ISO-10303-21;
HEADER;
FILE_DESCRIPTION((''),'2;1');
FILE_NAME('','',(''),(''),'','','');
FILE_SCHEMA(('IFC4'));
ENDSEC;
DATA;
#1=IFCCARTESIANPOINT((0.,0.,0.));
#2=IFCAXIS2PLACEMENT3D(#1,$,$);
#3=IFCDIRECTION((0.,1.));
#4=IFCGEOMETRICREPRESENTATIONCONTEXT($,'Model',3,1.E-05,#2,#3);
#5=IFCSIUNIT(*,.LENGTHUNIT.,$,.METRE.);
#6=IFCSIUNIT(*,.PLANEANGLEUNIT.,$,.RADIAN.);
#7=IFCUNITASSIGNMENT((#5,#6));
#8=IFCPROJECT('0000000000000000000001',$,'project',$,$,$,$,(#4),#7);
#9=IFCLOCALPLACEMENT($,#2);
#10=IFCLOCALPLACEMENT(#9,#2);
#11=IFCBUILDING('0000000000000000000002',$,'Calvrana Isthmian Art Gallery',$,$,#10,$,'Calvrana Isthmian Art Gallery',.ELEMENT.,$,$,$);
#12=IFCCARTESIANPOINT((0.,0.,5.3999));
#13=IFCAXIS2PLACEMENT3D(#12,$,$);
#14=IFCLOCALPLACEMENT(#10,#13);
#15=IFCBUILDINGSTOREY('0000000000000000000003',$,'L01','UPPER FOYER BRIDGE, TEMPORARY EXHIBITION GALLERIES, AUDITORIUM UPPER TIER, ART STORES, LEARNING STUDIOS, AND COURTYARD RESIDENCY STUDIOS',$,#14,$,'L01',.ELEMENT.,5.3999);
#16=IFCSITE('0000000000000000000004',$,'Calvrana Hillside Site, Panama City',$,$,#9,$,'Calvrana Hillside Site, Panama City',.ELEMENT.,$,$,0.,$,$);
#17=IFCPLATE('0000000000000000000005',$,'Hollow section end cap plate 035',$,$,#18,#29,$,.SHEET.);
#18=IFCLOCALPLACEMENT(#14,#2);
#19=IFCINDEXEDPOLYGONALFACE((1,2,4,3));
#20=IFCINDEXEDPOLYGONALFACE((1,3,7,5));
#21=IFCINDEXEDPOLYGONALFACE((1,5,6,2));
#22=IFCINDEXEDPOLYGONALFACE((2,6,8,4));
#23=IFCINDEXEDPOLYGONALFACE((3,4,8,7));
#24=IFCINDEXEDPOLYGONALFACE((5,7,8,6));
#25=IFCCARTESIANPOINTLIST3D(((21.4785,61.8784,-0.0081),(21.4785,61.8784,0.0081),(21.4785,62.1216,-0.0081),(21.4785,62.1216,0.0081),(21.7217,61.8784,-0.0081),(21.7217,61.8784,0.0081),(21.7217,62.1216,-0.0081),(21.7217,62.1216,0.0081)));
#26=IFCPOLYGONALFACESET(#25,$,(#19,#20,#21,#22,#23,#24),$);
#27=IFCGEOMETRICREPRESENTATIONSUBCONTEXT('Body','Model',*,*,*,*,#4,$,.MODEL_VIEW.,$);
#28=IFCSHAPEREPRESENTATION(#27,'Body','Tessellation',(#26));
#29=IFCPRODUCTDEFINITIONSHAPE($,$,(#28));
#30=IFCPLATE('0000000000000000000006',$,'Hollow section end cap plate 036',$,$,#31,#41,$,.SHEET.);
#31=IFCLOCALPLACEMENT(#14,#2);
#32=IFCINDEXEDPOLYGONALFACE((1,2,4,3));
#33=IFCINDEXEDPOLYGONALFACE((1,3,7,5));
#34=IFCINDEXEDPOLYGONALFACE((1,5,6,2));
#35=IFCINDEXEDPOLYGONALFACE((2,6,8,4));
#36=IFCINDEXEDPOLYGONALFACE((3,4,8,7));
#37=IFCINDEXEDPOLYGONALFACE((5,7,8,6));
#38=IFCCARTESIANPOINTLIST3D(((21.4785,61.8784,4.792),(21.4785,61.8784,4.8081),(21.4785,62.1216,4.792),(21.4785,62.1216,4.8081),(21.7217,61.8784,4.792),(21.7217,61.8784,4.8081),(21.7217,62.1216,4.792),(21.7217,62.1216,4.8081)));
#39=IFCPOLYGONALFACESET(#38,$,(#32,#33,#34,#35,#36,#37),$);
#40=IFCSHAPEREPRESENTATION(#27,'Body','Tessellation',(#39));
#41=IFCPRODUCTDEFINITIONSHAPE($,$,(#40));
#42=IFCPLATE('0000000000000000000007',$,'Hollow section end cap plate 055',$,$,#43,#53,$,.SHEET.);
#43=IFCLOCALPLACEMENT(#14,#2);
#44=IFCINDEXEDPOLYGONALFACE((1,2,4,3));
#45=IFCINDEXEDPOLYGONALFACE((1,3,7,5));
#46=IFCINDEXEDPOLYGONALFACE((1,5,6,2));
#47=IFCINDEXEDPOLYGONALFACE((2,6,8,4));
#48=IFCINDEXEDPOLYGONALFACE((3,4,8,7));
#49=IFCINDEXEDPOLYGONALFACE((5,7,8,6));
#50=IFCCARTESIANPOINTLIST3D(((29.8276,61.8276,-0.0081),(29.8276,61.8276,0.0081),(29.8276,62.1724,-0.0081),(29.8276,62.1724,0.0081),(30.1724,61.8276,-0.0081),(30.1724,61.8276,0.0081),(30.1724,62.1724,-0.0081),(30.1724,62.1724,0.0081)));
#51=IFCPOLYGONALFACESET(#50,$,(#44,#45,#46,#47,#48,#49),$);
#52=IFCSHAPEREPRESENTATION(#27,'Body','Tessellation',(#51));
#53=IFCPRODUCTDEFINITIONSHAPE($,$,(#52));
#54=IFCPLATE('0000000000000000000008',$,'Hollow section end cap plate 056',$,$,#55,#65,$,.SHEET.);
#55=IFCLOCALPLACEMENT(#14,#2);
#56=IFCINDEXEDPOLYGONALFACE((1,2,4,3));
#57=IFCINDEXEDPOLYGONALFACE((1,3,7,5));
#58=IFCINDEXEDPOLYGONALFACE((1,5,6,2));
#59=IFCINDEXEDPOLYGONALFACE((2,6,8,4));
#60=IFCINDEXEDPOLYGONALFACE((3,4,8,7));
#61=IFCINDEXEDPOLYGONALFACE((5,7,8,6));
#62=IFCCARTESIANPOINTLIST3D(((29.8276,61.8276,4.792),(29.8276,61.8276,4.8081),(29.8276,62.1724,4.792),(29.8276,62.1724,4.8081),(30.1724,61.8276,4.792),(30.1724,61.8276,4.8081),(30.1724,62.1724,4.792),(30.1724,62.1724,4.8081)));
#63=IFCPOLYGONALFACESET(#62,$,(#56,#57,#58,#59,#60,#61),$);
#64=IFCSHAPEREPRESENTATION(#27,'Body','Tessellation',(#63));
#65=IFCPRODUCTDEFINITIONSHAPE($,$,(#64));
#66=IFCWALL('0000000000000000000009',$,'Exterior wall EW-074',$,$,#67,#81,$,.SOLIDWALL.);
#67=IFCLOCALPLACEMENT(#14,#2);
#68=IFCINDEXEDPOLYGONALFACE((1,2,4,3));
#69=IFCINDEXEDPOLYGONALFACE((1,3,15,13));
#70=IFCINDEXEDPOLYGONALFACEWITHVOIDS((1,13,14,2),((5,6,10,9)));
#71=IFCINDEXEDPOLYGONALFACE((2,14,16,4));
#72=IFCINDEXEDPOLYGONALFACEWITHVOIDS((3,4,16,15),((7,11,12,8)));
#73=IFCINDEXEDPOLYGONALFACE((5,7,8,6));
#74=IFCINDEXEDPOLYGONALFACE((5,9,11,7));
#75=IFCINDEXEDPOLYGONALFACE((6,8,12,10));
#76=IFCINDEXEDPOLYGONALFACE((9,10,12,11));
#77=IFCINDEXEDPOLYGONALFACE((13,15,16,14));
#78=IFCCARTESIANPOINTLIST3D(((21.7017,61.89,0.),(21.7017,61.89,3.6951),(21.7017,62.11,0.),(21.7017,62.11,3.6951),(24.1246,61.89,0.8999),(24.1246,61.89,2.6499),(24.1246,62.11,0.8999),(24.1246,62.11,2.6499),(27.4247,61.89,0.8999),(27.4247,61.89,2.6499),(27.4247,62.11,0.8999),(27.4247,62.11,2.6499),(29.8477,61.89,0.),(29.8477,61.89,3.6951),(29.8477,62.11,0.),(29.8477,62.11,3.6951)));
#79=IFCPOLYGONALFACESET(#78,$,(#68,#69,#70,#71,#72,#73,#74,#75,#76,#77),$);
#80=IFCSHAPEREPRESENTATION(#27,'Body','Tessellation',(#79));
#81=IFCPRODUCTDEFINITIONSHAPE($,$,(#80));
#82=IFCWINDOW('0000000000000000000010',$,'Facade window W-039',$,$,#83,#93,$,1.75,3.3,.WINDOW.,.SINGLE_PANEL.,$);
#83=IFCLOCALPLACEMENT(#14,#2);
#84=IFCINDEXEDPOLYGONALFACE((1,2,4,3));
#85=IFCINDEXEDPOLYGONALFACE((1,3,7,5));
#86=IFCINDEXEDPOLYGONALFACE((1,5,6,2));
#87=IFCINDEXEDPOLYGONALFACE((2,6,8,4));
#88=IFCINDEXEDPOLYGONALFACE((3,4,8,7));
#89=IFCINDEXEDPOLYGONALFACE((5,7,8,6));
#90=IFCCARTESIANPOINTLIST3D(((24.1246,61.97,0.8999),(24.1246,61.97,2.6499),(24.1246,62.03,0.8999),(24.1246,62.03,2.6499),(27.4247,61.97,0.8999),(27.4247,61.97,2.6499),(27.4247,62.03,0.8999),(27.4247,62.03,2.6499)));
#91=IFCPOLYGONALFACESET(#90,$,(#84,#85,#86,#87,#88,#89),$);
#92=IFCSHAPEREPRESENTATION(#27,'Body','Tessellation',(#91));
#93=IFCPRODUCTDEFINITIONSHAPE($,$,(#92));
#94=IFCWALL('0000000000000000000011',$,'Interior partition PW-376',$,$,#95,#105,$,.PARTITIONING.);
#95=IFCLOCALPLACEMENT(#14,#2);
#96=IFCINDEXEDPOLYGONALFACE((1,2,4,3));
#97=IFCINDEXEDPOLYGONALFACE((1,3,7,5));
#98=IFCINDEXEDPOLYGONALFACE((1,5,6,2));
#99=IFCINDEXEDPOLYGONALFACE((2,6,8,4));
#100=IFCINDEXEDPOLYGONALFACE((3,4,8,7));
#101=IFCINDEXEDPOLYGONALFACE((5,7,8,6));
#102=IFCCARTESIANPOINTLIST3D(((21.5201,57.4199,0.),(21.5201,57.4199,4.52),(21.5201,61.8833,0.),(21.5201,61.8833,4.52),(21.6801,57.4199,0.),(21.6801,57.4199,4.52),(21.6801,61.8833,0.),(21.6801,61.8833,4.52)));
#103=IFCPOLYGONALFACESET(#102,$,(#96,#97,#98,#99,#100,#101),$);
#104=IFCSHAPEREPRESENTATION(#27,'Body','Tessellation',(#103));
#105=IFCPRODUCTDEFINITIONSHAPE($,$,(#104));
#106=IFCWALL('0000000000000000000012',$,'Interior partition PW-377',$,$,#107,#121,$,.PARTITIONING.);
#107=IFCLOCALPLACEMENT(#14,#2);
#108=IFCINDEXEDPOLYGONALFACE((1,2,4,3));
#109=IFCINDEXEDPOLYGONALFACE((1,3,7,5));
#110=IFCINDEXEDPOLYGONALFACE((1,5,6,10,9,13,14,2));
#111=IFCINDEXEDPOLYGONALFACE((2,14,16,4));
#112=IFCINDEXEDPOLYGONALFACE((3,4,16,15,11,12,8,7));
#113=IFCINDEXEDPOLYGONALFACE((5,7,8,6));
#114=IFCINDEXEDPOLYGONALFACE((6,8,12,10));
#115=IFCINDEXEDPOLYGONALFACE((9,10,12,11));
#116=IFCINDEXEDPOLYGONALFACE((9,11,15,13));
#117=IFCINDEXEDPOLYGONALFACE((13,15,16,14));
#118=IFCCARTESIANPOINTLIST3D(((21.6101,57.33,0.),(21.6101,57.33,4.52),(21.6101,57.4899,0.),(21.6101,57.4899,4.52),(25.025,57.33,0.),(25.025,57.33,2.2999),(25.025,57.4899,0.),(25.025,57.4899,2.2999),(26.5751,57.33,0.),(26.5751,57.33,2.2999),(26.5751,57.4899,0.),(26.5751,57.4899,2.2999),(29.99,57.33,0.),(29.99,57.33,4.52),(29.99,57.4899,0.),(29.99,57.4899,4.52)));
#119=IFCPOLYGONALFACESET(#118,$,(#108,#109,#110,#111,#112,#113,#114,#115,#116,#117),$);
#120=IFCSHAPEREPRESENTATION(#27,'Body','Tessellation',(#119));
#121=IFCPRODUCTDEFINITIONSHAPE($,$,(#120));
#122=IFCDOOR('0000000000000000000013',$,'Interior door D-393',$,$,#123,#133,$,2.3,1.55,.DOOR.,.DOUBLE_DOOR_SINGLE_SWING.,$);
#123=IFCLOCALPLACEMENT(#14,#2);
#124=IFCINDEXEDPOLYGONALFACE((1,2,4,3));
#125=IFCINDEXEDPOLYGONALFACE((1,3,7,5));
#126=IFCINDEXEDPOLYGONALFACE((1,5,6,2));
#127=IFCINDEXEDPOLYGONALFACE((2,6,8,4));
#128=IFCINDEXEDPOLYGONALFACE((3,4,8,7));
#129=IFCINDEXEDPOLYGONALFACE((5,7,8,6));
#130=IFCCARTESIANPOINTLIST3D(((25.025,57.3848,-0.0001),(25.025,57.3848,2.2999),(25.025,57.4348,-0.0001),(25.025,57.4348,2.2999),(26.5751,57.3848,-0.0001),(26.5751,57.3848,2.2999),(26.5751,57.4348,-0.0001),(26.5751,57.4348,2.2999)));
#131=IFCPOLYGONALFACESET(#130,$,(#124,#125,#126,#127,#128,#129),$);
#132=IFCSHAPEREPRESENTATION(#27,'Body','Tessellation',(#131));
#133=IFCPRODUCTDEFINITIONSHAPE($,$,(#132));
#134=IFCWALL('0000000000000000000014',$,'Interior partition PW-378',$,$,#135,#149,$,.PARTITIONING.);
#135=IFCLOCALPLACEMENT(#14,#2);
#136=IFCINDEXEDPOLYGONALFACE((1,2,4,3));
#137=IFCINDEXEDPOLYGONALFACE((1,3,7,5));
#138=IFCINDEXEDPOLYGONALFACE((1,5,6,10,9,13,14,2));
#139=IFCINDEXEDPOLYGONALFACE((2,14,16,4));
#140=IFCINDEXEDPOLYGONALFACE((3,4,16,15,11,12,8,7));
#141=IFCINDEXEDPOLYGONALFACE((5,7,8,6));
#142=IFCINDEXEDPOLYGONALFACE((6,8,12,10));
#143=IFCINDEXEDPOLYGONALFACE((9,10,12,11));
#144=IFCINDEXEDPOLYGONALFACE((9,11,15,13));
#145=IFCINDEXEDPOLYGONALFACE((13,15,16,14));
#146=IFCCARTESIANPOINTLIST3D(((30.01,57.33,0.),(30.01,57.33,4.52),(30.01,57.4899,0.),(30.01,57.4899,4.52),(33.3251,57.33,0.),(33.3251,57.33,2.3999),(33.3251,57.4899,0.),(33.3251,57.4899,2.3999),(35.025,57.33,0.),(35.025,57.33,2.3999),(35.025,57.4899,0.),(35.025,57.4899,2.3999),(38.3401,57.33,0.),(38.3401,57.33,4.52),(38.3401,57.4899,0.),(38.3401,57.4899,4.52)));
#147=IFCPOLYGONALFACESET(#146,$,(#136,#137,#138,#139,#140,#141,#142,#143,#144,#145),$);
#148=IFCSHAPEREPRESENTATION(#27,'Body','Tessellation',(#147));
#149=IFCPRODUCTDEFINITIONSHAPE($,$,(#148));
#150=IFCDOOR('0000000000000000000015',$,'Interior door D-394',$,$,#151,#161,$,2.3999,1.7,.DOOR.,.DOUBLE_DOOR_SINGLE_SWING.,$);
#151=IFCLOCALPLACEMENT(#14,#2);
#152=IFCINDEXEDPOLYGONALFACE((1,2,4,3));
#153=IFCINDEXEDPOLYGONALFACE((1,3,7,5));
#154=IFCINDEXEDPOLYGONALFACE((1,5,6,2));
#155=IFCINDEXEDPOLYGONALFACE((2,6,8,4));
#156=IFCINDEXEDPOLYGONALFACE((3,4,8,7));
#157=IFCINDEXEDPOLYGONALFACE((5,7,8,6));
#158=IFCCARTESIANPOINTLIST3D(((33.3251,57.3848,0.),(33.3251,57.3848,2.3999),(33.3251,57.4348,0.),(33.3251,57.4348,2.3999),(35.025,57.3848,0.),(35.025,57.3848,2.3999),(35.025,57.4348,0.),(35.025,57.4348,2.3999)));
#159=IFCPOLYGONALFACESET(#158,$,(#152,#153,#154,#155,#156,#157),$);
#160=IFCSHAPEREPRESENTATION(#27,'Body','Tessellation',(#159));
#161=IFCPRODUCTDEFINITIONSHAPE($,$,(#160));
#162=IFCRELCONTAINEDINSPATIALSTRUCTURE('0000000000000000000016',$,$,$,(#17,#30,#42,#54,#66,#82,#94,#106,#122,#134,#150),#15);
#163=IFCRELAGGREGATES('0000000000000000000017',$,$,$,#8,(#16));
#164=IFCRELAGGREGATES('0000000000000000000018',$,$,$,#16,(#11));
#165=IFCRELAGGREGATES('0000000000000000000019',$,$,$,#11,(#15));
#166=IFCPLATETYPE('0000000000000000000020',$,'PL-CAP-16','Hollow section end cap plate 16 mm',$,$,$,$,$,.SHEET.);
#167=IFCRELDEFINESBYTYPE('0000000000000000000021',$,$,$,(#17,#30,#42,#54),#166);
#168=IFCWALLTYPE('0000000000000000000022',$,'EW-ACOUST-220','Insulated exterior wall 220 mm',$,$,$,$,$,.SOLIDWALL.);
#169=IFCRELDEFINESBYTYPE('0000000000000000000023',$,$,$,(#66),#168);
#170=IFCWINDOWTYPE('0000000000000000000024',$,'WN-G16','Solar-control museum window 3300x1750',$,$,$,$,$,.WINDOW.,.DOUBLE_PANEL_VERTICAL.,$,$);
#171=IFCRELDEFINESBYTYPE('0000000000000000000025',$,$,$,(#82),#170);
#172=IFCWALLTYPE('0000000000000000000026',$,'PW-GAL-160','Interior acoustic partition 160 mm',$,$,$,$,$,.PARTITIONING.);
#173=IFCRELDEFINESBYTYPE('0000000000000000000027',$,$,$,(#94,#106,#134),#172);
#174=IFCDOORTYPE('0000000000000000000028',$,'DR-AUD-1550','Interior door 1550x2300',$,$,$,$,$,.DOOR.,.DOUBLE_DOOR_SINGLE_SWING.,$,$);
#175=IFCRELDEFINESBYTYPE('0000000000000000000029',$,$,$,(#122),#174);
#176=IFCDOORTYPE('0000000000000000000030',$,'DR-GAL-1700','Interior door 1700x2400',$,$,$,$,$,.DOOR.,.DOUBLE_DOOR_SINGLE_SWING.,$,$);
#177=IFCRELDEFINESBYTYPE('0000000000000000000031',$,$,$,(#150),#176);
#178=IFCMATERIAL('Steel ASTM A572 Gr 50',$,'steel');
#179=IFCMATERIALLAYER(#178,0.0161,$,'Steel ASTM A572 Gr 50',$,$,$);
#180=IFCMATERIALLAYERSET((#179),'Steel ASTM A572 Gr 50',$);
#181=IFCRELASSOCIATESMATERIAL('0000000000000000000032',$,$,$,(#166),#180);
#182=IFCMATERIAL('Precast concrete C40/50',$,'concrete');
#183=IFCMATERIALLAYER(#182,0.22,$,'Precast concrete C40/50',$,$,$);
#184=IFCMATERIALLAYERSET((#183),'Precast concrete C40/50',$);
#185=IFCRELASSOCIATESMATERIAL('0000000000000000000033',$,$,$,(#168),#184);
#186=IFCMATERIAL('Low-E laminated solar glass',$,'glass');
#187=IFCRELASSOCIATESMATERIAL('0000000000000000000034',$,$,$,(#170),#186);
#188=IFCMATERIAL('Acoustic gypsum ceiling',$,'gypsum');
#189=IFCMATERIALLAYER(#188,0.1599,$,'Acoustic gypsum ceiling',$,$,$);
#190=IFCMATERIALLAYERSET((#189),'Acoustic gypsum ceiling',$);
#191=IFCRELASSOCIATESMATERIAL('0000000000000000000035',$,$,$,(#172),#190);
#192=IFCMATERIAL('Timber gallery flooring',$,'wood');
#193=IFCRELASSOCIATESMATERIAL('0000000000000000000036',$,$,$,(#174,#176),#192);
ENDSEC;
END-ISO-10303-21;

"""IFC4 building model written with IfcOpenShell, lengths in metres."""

from ifc_helpers import new_model, si_unit, direction, frame, frame_2d, origin, origin_2d, place, context, subcontext, project, spatial, rectangle, extrude, material, layer, layer_set, type_object, element, fill, save


model = new_model("IFC4")

# Units and contexts
model_context = context("Model", 3, precision=1e-05, world=origin(), true_north=direction((0.0, 1.0)))
body_context = subcontext(model_context, "Body", "Model", "MODEL_VIEW")
ifc_project = project(units=[si_unit("LENGTHUNIT", "METRE"), si_unit("PLANEANGLEUNIT", "RADIAN")], contexts=[model_context])

# Site, building, storey
site_placement = place(None, origin())
site = spatial("IfcSite", under=ifc_project, at=site_placement, Name="Calvrana Hillside Site, Panama City", LongName="Calvrana Hillside Site, Panama City", CompositionType="ELEMENT", RefElevation=0.0)
building_placement = place(site_placement, origin())
building = spatial("IfcBuilding", under=site, at=building_placement, Name="Calvrana Isthmian Art Gallery", LongName="Calvrana Isthmian Art Gallery", CompositionType="ELEMENT")
storey_placement = place(building_placement, frame((0.0, 0.0, 5.3999)))
storey = spatial("IfcBuildingStorey", under=building, at=storey_placement, Name="L01", Description="UPPER FOYER BRIDGE, TEMPORARY EXHIBITION GALLERIES, AUDITORIUM UPPER TIER, ART STORES, LEARNING STUDIOS, AND COURTYARD RESIDENCY STUDIOS", LongName="L01", CompositionType="ELEMENT", Elevation=5.3999)

# Shared definitions
ifc_material_1 = material(Name="Low-E laminated solar glass", Category="glass")

# Plates
ifc_material_2 = material(Name="Steel ASTM A572 Gr 50", Category="steel")
ifc_layer_1 = layer(ifc_material_2, 0.0161, Name="Steel ASTM A572 Gr 50")
ifc_layer_set_1 = layer_set([ifc_layer_1], Name="Steel ASTM A572 Gr 50")
plate_type_1 = type_object("IfcPlateType", Name="PL-CAP-16", Description="Hollow section end cap plate 16 mm", PredefinedType="SHEET", material=ifc_layer_set_1)
for number, where, z_axis, x_axis, name in (
    (1, (21.6001, 62.0, -0.0081), (0.0, 0.0, 1.0), (1.0, 0.0, 0.0), "Hollow section end cap plate 035"),
    (2, (21.6001, 62.0, 4.792), (0.0, 0.0, 1.0), (1.0, 0.0, 0.0), "Hollow section end cap plate 036"),
):
    element("IfcPlate", number, at=place(storey_placement, frame(where, z_axis=z_axis, x_axis=x_axis)), inside=storey, type_object=plate_type_1, Name=name, PredefinedType="SHEET", context=body_context, shape_type="SweptSolid", body=[
        extrude(rectangle(XDim=0.2432, YDim=0.2432, at=origin_2d()), origin(), (0.0, 0.0, 1.0), 0.0161),
    ])
for number, where, z_axis, x_axis, name in (
    (3, (30.0, 62.0, -0.0081), (0.0, 0.0, 1.0), (1.0, 0.0, 0.0), "Hollow section end cap plate 055"),
    (4, (30.0, 62.0, 4.792), (0.0, 0.0, 1.0), (1.0, 0.0, 0.0), "Hollow section end cap plate 056"),
):
    element("IfcPlate", number, at=place(storey_placement, frame(where, z_axis=z_axis, x_axis=x_axis)), inside=storey, type_object=plate_type_1, Name=name, PredefinedType="SHEET", context=body_context, shape_type="SweptSolid", body=[
        extrude(rectangle(XDim=0.3447, YDim=0.3447, at=origin_2d()), origin(), (0.0, 0.0, 1.0), 0.0161),
    ])

# Wall, opening, window
ifc_material_3 = material(Name="Precast concrete C40/50", Category="concrete")
ifc_layer_2 = layer(ifc_material_3, 0.22, Name="Precast concrete C40/50")
ifc_layer_set_2 = layer_set([ifc_layer_2], Name="Precast concrete C40/50")
wall_type_1 = type_object("IfcWallType", Name="EW-ACOUST-220", Description="Insulated exterior wall 220 mm", PredefinedType="SOLIDWALL", material=ifc_layer_set_2)
wall_1_placement = place(storey_placement, frame((21.7017, 62.0, 0.0), z_axis=(0.0, 0.0, 1.0), x_axis=(1.0, 0.0, 0.0)))
wall_1 = element("IfcWall", 5, at=wall_1_placement, inside=storey, type_object=wall_type_1, Name="Exterior wall EW-074", PredefinedType="SOLIDWALL", context=body_context, shape_type="SweptSolid", body=[
    extrude(rectangle(XDim=8.146, YDim=0.22, at=frame_2d((4.073, 0.0))), origin(), (0.0, 0.0, 1.0), 3.6951),
])
opening_1_placement = place(wall_1_placement, frame((2.4231, 0.0, 0.8999)))
opening_1 = element("IfcOpeningElement", 6, at=opening_1_placement, cuts=wall_1, PredefinedType="OPENING", context=body_context, shape_type="SweptSolid", body=[
    extrude(rectangle(XDim=3.3, YDim=1.75, at=frame_2d((1.6499, 0.875))), frame((0.0, 0.1201, 0.0), z_axis=(0.0, -1.0, 0.0), x_axis=(1.0, 0.0, 0.0)), (0.0, 0.0, 1.0), 0.2405),
])
window_type = type_object("IfcWindowType", Name="WN-G16", Description="Solar-control museum window 3300x1750", PartitioningType="DOUBLE_PANEL_VERTICAL", PredefinedType="WINDOW", material=ifc_material_1)
window_placement = place(opening_1_placement, origin())
window = element("IfcWindow", 7, at=window_placement, inside=storey, type_object=window_type, Name="Facade window W-039", OverallHeight=1.75, OverallWidth=3.3, PartitioningType="SINGLE_PANEL", PredefinedType="WINDOW", context=body_context, shape_type="SweptSolid", body=[
    extrude(rectangle(XDim=3.3, YDim=1.75, at=frame_2d((1.6499, 0.875))), frame((0.0, 0.03, 0.0), z_axis=(0.0, -1.0, 0.0), x_axis=(1.0, 0.0, 0.0)), (0.0, 0.0, 1.0), 0.0601),
])
fill(opening_1, window)

# Wall
ifc_material_4 = material(Name="Acoustic gypsum ceiling", Category="gypsum")
ifc_layer_3 = layer(ifc_material_4, 0.1599, Name="Acoustic gypsum ceiling")
ifc_layer_set_3 = layer_set([ifc_layer_3], Name="Acoustic gypsum ceiling")
wall_type_2 = type_object("IfcWallType", Name="PW-GAL-160", Description="Interior acoustic partition 160 mm", PredefinedType="PARTITIONING", material=ifc_layer_set_3)
wall_2_placement = place(storey_placement, frame((21.6001, 57.4199, 0.0), z_axis=(0.0, 0.0, 1.0), x_axis=(0.0, 1.0, 0.0)))
element("IfcWall", 8, at=wall_2_placement, inside=storey, type_object=wall_type_2, Name="Interior partition PW-376", PredefinedType="PARTITIONING", context=body_context, shape_type="SweptSolid", body=[
    extrude(rectangle(XDim=4.4634, YDim=0.1599, at=frame_2d((2.2317, 0.0))), origin(), (0.0, 0.0, 1.0), 4.52),
])

# Walls, openings, doors
wall_3_placement = place(storey_placement, frame((21.6101, 57.4099, 0.0), z_axis=(0.0, 0.0, 1.0), x_axis=(1.0, 0.0, 0.0)))
wall_3 = element("IfcWall", 9, at=wall_3_placement, inside=storey, type_object=wall_type_2, Name="Interior partition PW-377", PredefinedType="PARTITIONING", context=body_context, shape_type="SweptSolid", body=[
    extrude(rectangle(XDim=8.3799, YDim=0.1599, at=frame_2d((4.1899, 0.0))), origin(), (0.0, 0.0, 1.0), 4.52),
])
opening_2_placement = place(wall_3_placement, frame((3.415, 0.0, 0.0)))
opening_2 = element("IfcOpeningElement", 10, at=opening_2_placement, cuts=wall_3, PredefinedType="OPENING", context=body_context, shape_type="SweptSolid", body=[
    extrude(rectangle(XDim=1.55, YDim=2.3, at=frame_2d((0.7749, 1.1499))), frame((0.0, 0.0903, 0.0), z_axis=(0.0, -1.0, 0.0), x_axis=(1.0, 0.0, 0.0)), (0.0, 0.0, 1.0), 0.1804),
])
ifc_material_5 = material(Name="Timber gallery flooring", Category="wood")
door_type_1 = type_object("IfcDoorType", Name="DR-AUD-1550", Description="Interior door 1550x2300", OperationType="DOUBLE_DOOR_SINGLE_SWING", PredefinedType="DOOR", material=ifc_material_5)
door_1_placement = place(opening_2_placement, origin())
door_1 = element("IfcDoor", 11, at=door_1_placement, inside=storey, type_object=door_type_1, Name="Interior door D-393", OperationType="DOUBLE_DOOR_SINGLE_SWING", OverallHeight=2.3, OverallWidth=1.55, PredefinedType="DOOR", context=body_context, shape_type="SweptSolid", body=[
    extrude(rectangle(XDim=1.55, YDim=2.3, at=frame_2d((0.7749, 1.1499))), frame((0.0, 0.0249, 0.0), z_axis=(0.0, -1.0, 0.0), x_axis=(1.0, 0.0, 0.0)), (0.0, 0.0, 1.0), 0.05),
])
fill(opening_2, door_1)
wall_4_placement = place(storey_placement, frame((30.01, 57.4099, 0.0), z_axis=(0.0, 0.0, 1.0), x_axis=(1.0, 0.0, 0.0)))
wall_4 = element("IfcWall", 12, at=wall_4_placement, inside=storey, type_object=wall_type_2, Name="Interior partition PW-378", PredefinedType="PARTITIONING", context=body_context, shape_type="SweptSolid", body=[
    extrude(rectangle(XDim=8.3301, YDim=0.1599, at=frame_2d((4.165, 0.0))), origin(), (0.0, 0.0, 1.0), 4.52),
])
opening_3_placement = place(wall_4_placement, frame((3.3149, 0.0, 0.0)))
opening_3 = element("IfcOpeningElement", 13, at=opening_3_placement, cuts=wall_4, PredefinedType="OPENING", context=body_context, shape_type="SweptSolid", body=[
    extrude(rectangle(XDim=1.7, YDim=2.3999, at=frame_2d((0.8501, 1.2))), frame((0.0, 0.0903, 0.0), z_axis=(0.0, -1.0, 0.0), x_axis=(1.0, 0.0, 0.0)), (0.0, 0.0, 1.0), 0.1804),
])
door_type_2 = type_object("IfcDoorType", Name="DR-GAL-1700", Description="Interior door 1700x2400", OperationType="DOUBLE_DOOR_SINGLE_SWING", PredefinedType="DOOR", material=ifc_material_5)
door_2_placement = place(opening_3_placement, origin())
door_2 = element("IfcDoor", 14, at=door_2_placement, inside=storey, type_object=door_type_2, Name="Interior door D-394", OperationType="DOUBLE_DOOR_SINGLE_SWING", OverallHeight=2.3999, OverallWidth=1.7, PredefinedType="DOOR", context=body_context, shape_type="SweptSolid", body=[
    extrude(rectangle(XDim=1.7, YDim=2.3999, at=frame_2d((0.8501, 1.2))), frame((0.0, 0.0249, 0.0), z_axis=(0.0, -1.0, 0.0), x_axis=(1.0, 0.0, 0.0)), (0.0, 0.0, 1.0), 0.05),
])
fill(opening_3, door_2)

save(model, "model.ifc")
